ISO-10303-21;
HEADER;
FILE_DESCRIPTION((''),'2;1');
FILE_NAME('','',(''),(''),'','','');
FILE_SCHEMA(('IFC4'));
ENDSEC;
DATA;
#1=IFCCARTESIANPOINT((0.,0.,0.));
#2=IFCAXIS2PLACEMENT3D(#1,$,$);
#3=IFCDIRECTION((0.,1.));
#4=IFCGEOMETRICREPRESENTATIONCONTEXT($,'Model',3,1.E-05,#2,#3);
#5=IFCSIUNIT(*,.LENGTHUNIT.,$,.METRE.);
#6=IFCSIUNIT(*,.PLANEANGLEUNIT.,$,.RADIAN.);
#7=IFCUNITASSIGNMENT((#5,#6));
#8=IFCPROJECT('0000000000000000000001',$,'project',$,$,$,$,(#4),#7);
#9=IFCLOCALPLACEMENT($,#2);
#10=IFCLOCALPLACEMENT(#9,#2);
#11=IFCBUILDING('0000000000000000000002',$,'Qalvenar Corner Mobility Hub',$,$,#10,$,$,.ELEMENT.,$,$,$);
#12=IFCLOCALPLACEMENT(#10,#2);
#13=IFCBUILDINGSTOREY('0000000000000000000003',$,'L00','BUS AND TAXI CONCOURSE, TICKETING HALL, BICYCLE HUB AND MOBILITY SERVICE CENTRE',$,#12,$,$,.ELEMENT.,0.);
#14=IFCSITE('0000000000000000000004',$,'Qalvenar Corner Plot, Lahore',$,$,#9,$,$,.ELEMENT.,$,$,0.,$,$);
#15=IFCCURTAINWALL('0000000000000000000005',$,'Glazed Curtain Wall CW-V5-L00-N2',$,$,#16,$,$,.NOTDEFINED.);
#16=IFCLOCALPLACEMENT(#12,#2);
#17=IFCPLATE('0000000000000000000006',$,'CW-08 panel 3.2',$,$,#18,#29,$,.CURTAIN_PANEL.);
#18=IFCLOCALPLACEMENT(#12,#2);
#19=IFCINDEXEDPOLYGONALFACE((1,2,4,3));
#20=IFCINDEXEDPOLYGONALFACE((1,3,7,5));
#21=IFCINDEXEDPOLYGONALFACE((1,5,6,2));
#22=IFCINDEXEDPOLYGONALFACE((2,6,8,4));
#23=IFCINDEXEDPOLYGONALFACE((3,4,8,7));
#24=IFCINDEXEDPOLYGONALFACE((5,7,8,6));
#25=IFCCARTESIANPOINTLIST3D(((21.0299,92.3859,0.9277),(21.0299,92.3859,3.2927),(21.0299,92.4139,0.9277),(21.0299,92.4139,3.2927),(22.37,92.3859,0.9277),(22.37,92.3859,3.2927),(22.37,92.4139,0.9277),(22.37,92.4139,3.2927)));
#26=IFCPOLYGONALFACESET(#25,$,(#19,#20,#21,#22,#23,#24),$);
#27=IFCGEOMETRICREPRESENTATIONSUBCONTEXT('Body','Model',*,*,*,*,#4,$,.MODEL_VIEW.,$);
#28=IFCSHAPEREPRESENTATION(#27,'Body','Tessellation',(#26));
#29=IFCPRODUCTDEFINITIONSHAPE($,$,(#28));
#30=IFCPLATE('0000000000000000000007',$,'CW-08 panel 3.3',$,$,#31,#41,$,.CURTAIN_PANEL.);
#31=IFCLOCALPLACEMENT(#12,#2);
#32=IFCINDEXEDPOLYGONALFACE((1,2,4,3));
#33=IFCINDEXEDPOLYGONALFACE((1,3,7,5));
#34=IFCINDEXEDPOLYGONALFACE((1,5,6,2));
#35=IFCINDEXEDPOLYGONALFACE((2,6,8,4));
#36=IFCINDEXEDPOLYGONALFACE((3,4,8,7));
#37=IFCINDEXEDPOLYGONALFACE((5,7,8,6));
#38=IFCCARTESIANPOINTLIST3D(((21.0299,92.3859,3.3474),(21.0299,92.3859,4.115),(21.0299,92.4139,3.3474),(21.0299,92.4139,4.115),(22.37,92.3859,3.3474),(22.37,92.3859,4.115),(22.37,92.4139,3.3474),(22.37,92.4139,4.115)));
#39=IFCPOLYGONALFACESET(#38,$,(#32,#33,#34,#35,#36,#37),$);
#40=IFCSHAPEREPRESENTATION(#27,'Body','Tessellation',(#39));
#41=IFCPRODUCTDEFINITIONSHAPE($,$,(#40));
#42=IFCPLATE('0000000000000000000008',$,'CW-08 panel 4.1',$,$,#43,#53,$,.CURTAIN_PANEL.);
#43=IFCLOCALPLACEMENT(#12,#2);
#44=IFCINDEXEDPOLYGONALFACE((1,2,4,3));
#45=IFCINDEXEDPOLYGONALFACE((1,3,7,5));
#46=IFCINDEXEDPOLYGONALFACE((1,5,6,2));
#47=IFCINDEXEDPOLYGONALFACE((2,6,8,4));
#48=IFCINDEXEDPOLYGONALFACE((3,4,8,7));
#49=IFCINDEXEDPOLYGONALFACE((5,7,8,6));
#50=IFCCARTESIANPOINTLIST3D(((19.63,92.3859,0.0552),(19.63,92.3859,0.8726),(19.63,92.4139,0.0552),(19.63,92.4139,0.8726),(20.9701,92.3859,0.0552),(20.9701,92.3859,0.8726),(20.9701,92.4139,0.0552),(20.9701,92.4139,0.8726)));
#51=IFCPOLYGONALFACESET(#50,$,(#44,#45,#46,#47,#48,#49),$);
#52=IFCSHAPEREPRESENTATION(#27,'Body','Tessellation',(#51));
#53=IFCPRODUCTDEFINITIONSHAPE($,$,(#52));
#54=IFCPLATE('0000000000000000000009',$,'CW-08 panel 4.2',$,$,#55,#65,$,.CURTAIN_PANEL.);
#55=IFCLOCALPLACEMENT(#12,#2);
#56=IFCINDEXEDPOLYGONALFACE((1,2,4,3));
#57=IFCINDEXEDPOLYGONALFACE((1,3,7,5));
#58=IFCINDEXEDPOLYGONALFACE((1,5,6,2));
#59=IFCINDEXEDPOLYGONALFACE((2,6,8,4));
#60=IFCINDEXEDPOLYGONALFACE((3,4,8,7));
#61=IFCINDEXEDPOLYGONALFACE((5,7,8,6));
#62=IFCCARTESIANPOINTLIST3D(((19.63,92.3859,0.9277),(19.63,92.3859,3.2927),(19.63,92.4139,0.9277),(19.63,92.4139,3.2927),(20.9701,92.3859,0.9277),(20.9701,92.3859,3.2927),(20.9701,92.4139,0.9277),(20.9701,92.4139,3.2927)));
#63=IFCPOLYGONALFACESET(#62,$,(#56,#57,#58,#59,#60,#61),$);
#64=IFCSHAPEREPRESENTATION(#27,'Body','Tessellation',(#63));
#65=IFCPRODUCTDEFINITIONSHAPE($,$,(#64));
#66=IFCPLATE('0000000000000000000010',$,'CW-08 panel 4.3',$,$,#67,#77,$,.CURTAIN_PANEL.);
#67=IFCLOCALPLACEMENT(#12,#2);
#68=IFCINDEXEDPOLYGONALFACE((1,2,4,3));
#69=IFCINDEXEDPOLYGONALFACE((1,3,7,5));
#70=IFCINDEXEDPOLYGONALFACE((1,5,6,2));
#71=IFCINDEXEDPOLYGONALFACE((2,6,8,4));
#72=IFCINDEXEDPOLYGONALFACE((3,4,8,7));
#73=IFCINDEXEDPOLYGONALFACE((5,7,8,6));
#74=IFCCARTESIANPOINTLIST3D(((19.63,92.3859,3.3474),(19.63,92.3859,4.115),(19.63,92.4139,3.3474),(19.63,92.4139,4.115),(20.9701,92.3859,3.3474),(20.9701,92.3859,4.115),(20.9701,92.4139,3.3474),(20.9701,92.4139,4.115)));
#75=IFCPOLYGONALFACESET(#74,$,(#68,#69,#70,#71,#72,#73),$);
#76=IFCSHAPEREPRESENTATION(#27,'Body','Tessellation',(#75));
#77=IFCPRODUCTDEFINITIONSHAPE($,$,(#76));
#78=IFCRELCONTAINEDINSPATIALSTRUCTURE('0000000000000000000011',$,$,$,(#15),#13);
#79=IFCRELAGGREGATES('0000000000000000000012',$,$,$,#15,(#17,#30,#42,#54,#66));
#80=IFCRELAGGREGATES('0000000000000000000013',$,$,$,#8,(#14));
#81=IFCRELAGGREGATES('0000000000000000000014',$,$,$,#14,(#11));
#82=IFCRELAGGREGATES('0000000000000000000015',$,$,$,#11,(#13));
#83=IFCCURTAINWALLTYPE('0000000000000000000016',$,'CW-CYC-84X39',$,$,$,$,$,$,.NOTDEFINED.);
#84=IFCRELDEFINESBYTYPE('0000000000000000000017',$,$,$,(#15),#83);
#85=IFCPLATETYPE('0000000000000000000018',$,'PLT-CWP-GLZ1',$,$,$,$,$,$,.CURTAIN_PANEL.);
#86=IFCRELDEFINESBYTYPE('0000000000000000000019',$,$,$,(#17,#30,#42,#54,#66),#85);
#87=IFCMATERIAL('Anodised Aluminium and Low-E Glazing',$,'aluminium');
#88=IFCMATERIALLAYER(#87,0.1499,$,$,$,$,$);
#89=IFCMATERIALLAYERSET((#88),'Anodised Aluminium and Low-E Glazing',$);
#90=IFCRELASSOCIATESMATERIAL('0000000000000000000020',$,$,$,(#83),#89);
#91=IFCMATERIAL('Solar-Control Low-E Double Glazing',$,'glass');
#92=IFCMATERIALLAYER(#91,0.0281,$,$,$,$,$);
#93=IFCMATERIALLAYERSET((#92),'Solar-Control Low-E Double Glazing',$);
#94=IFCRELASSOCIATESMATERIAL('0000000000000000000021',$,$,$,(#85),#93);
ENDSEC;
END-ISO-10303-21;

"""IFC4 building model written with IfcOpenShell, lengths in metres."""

from ifc_helpers import new_model, si_unit, direction, frame, origin, origin_2d, place, context, subcontext, project, spatial, rectangle, extrude, material, layer, layer_set, type_object, element, aggregate, save


model = new_model("IFC4")

# Units and contexts
model_context = context("Model", 3, precision=1e-05, world=origin(), true_north=direction((0.0, 1.0)))
body_context = subcontext(model_context, "Body", "Model", "MODEL_VIEW")
ifc_project = project(units=[si_unit("LENGTHUNIT", "METRE"), si_unit("PLANEANGLEUNIT", "RADIAN")], contexts=[model_context])

# Site, building, storey
site_placement = place(None, origin())
site = spatial("IfcSite", under=ifc_project, at=site_placement, Name="Qalvenar Corner Plot, Lahore", CompositionType="ELEMENT", RefElevation=0.0)
building_placement = place(site_placement, origin())
building = spatial("IfcBuilding", under=site, at=building_placement, Name="Qalvenar Corner Mobility Hub", CompositionType="ELEMENT")
storey_placement = place(building_placement, origin())
storey = spatial("IfcBuildingStorey", under=building, at=storey_placement, Name="L00", Description="BUS AND TAXI CONCOURSE, TICKETING HALL, BICYCLE HUB AND MOBILITY SERVICE CENTRE", CompositionType="ELEMENT", Elevation=0.0)

# Curtain wall, plates
ifc_material_1 = material(Name="Anodised Aluminium and Low-E Glazing", Category="aluminium")
ifc_layer_1 = layer(ifc_material_1, 0.1499)
ifc_layer_set_1 = layer_set([ifc_layer_1], Name="Anodised Aluminium and Low-E Glazing")
curtain_wall_type = type_object("IfcCurtainWallType", Name="CW-CYC-84X39", PredefinedType="NOTDEFINED", material=ifc_layer_set_1)
curtain_wall_placement = place(storey_placement, origin())
curtain_wall = element("IfcCurtainWall", 1, at=curtain_wall_placement, inside=storey, type_object=curtain_wall_type, Name="Glazed Curtain Wall CW-V5-L00-N2", PredefinedType="NOTDEFINED")
ifc_material_2 = material(Name="Solar-Control Low-E Double Glazing", Category="glass")
ifc_layer_2 = layer(ifc_material_2, 0.0281)
ifc_layer_set_2 = layer_set([ifc_layer_2], Name="Solar-Control Low-E Double Glazing")
plate_type = type_object("IfcPlateType", Name="PLT-CWP-GLZ1", PredefinedType="CURTAIN_PANEL", material=ifc_layer_set_2)
plate_1_placement = place(storey_placement, frame((21.7, 92.3999, 0.9277), z_axis=(0.0, 0.0, 1.0), x_axis=(-1.0, 0.0, 0.0)))
plate_1 = element("IfcPlate", 2, at=plate_1_placement, type_object=plate_type, Name="CW-08 panel 3.2", PredefinedType="CURTAIN_PANEL", context=body_context, shape_type="SweptSolid", body=[
    extrude(rectangle(XDim=1.3401, YDim=0.0281, at=origin_2d()), origin(), (0.0, 0.0, 1.0), 2.365),
])
plate_2_placement = place(storey_placement, frame((21.7, 92.3999, 3.3474), z_axis=(0.0, 0.0, 1.0), x_axis=(-1.0, 0.0, 0.0)))
plate_2 = element("IfcPlate", 3, at=plate_2_placement, type_object=plate_type, Name="CW-08 panel 3.3", PredefinedType="CURTAIN_PANEL", context=body_context, shape_type="SweptSolid", body=[
    extrude(rectangle(XDim=1.3401, YDim=0.0281, at=origin_2d()), origin(), (0.0, 0.0, 1.0), 0.7676),
])
plate_3_placement = place(storey_placement, frame((20.3, 92.3999, 0.0552), z_axis=(0.0, 0.0, 1.0), x_axis=(-1.0, 0.0, 0.0)))
plate_3 = element("IfcPlate", 4, at=plate_3_placement, type_object=plate_type, Name="CW-08 panel 4.1", PredefinedType="CURTAIN_PANEL", context=body_context, shape_type="SweptSolid", body=[
    extrude(rectangle(XDim=1.3401, YDim=0.0281, at=origin_2d()), origin(), (0.0, 0.0, 1.0), 0.8174),
])
plate_4_placement = place(storey_placement, frame((20.3, 92.3999, 0.9277), z_axis=(0.0, 0.0, 1.0), x_axis=(-1.0, 0.0, 0.0)))
plate_4 = element("IfcPlate", 5, at=plate_4_placement, type_object=plate_type, Name="CW-08 panel 4.2", PredefinedType="CURTAIN_PANEL", context=body_context, shape_type="SweptSolid", body=[
    extrude(rectangle(XDim=1.3401, YDim=0.0281, at=origin_2d()), origin(), (0.0, 0.0, 1.0), 2.365),
])
plate_5_placement = place(storey_placement, frame((20.3, 92.3999, 3.3474), z_axis=(0.0, 0.0, 1.0), x_axis=(-1.0, 0.0, 0.0)))
plate_5 = element("IfcPlate", 6, at=plate_5_placement, type_object=plate_type, Name="CW-08 panel 4.3", PredefinedType="CURTAIN_PANEL", context=body_context, shape_type="SweptSolid", body=[
    extrude(rectangle(XDim=1.3401, YDim=0.0281, at=origin_2d()), origin(), (0.0, 0.0, 1.0), 0.7676),
])
aggregate(curtain_wall, [plate_1, plate_2, plate_3, plate_4, plate_5])

save(model, "model.ifc")
